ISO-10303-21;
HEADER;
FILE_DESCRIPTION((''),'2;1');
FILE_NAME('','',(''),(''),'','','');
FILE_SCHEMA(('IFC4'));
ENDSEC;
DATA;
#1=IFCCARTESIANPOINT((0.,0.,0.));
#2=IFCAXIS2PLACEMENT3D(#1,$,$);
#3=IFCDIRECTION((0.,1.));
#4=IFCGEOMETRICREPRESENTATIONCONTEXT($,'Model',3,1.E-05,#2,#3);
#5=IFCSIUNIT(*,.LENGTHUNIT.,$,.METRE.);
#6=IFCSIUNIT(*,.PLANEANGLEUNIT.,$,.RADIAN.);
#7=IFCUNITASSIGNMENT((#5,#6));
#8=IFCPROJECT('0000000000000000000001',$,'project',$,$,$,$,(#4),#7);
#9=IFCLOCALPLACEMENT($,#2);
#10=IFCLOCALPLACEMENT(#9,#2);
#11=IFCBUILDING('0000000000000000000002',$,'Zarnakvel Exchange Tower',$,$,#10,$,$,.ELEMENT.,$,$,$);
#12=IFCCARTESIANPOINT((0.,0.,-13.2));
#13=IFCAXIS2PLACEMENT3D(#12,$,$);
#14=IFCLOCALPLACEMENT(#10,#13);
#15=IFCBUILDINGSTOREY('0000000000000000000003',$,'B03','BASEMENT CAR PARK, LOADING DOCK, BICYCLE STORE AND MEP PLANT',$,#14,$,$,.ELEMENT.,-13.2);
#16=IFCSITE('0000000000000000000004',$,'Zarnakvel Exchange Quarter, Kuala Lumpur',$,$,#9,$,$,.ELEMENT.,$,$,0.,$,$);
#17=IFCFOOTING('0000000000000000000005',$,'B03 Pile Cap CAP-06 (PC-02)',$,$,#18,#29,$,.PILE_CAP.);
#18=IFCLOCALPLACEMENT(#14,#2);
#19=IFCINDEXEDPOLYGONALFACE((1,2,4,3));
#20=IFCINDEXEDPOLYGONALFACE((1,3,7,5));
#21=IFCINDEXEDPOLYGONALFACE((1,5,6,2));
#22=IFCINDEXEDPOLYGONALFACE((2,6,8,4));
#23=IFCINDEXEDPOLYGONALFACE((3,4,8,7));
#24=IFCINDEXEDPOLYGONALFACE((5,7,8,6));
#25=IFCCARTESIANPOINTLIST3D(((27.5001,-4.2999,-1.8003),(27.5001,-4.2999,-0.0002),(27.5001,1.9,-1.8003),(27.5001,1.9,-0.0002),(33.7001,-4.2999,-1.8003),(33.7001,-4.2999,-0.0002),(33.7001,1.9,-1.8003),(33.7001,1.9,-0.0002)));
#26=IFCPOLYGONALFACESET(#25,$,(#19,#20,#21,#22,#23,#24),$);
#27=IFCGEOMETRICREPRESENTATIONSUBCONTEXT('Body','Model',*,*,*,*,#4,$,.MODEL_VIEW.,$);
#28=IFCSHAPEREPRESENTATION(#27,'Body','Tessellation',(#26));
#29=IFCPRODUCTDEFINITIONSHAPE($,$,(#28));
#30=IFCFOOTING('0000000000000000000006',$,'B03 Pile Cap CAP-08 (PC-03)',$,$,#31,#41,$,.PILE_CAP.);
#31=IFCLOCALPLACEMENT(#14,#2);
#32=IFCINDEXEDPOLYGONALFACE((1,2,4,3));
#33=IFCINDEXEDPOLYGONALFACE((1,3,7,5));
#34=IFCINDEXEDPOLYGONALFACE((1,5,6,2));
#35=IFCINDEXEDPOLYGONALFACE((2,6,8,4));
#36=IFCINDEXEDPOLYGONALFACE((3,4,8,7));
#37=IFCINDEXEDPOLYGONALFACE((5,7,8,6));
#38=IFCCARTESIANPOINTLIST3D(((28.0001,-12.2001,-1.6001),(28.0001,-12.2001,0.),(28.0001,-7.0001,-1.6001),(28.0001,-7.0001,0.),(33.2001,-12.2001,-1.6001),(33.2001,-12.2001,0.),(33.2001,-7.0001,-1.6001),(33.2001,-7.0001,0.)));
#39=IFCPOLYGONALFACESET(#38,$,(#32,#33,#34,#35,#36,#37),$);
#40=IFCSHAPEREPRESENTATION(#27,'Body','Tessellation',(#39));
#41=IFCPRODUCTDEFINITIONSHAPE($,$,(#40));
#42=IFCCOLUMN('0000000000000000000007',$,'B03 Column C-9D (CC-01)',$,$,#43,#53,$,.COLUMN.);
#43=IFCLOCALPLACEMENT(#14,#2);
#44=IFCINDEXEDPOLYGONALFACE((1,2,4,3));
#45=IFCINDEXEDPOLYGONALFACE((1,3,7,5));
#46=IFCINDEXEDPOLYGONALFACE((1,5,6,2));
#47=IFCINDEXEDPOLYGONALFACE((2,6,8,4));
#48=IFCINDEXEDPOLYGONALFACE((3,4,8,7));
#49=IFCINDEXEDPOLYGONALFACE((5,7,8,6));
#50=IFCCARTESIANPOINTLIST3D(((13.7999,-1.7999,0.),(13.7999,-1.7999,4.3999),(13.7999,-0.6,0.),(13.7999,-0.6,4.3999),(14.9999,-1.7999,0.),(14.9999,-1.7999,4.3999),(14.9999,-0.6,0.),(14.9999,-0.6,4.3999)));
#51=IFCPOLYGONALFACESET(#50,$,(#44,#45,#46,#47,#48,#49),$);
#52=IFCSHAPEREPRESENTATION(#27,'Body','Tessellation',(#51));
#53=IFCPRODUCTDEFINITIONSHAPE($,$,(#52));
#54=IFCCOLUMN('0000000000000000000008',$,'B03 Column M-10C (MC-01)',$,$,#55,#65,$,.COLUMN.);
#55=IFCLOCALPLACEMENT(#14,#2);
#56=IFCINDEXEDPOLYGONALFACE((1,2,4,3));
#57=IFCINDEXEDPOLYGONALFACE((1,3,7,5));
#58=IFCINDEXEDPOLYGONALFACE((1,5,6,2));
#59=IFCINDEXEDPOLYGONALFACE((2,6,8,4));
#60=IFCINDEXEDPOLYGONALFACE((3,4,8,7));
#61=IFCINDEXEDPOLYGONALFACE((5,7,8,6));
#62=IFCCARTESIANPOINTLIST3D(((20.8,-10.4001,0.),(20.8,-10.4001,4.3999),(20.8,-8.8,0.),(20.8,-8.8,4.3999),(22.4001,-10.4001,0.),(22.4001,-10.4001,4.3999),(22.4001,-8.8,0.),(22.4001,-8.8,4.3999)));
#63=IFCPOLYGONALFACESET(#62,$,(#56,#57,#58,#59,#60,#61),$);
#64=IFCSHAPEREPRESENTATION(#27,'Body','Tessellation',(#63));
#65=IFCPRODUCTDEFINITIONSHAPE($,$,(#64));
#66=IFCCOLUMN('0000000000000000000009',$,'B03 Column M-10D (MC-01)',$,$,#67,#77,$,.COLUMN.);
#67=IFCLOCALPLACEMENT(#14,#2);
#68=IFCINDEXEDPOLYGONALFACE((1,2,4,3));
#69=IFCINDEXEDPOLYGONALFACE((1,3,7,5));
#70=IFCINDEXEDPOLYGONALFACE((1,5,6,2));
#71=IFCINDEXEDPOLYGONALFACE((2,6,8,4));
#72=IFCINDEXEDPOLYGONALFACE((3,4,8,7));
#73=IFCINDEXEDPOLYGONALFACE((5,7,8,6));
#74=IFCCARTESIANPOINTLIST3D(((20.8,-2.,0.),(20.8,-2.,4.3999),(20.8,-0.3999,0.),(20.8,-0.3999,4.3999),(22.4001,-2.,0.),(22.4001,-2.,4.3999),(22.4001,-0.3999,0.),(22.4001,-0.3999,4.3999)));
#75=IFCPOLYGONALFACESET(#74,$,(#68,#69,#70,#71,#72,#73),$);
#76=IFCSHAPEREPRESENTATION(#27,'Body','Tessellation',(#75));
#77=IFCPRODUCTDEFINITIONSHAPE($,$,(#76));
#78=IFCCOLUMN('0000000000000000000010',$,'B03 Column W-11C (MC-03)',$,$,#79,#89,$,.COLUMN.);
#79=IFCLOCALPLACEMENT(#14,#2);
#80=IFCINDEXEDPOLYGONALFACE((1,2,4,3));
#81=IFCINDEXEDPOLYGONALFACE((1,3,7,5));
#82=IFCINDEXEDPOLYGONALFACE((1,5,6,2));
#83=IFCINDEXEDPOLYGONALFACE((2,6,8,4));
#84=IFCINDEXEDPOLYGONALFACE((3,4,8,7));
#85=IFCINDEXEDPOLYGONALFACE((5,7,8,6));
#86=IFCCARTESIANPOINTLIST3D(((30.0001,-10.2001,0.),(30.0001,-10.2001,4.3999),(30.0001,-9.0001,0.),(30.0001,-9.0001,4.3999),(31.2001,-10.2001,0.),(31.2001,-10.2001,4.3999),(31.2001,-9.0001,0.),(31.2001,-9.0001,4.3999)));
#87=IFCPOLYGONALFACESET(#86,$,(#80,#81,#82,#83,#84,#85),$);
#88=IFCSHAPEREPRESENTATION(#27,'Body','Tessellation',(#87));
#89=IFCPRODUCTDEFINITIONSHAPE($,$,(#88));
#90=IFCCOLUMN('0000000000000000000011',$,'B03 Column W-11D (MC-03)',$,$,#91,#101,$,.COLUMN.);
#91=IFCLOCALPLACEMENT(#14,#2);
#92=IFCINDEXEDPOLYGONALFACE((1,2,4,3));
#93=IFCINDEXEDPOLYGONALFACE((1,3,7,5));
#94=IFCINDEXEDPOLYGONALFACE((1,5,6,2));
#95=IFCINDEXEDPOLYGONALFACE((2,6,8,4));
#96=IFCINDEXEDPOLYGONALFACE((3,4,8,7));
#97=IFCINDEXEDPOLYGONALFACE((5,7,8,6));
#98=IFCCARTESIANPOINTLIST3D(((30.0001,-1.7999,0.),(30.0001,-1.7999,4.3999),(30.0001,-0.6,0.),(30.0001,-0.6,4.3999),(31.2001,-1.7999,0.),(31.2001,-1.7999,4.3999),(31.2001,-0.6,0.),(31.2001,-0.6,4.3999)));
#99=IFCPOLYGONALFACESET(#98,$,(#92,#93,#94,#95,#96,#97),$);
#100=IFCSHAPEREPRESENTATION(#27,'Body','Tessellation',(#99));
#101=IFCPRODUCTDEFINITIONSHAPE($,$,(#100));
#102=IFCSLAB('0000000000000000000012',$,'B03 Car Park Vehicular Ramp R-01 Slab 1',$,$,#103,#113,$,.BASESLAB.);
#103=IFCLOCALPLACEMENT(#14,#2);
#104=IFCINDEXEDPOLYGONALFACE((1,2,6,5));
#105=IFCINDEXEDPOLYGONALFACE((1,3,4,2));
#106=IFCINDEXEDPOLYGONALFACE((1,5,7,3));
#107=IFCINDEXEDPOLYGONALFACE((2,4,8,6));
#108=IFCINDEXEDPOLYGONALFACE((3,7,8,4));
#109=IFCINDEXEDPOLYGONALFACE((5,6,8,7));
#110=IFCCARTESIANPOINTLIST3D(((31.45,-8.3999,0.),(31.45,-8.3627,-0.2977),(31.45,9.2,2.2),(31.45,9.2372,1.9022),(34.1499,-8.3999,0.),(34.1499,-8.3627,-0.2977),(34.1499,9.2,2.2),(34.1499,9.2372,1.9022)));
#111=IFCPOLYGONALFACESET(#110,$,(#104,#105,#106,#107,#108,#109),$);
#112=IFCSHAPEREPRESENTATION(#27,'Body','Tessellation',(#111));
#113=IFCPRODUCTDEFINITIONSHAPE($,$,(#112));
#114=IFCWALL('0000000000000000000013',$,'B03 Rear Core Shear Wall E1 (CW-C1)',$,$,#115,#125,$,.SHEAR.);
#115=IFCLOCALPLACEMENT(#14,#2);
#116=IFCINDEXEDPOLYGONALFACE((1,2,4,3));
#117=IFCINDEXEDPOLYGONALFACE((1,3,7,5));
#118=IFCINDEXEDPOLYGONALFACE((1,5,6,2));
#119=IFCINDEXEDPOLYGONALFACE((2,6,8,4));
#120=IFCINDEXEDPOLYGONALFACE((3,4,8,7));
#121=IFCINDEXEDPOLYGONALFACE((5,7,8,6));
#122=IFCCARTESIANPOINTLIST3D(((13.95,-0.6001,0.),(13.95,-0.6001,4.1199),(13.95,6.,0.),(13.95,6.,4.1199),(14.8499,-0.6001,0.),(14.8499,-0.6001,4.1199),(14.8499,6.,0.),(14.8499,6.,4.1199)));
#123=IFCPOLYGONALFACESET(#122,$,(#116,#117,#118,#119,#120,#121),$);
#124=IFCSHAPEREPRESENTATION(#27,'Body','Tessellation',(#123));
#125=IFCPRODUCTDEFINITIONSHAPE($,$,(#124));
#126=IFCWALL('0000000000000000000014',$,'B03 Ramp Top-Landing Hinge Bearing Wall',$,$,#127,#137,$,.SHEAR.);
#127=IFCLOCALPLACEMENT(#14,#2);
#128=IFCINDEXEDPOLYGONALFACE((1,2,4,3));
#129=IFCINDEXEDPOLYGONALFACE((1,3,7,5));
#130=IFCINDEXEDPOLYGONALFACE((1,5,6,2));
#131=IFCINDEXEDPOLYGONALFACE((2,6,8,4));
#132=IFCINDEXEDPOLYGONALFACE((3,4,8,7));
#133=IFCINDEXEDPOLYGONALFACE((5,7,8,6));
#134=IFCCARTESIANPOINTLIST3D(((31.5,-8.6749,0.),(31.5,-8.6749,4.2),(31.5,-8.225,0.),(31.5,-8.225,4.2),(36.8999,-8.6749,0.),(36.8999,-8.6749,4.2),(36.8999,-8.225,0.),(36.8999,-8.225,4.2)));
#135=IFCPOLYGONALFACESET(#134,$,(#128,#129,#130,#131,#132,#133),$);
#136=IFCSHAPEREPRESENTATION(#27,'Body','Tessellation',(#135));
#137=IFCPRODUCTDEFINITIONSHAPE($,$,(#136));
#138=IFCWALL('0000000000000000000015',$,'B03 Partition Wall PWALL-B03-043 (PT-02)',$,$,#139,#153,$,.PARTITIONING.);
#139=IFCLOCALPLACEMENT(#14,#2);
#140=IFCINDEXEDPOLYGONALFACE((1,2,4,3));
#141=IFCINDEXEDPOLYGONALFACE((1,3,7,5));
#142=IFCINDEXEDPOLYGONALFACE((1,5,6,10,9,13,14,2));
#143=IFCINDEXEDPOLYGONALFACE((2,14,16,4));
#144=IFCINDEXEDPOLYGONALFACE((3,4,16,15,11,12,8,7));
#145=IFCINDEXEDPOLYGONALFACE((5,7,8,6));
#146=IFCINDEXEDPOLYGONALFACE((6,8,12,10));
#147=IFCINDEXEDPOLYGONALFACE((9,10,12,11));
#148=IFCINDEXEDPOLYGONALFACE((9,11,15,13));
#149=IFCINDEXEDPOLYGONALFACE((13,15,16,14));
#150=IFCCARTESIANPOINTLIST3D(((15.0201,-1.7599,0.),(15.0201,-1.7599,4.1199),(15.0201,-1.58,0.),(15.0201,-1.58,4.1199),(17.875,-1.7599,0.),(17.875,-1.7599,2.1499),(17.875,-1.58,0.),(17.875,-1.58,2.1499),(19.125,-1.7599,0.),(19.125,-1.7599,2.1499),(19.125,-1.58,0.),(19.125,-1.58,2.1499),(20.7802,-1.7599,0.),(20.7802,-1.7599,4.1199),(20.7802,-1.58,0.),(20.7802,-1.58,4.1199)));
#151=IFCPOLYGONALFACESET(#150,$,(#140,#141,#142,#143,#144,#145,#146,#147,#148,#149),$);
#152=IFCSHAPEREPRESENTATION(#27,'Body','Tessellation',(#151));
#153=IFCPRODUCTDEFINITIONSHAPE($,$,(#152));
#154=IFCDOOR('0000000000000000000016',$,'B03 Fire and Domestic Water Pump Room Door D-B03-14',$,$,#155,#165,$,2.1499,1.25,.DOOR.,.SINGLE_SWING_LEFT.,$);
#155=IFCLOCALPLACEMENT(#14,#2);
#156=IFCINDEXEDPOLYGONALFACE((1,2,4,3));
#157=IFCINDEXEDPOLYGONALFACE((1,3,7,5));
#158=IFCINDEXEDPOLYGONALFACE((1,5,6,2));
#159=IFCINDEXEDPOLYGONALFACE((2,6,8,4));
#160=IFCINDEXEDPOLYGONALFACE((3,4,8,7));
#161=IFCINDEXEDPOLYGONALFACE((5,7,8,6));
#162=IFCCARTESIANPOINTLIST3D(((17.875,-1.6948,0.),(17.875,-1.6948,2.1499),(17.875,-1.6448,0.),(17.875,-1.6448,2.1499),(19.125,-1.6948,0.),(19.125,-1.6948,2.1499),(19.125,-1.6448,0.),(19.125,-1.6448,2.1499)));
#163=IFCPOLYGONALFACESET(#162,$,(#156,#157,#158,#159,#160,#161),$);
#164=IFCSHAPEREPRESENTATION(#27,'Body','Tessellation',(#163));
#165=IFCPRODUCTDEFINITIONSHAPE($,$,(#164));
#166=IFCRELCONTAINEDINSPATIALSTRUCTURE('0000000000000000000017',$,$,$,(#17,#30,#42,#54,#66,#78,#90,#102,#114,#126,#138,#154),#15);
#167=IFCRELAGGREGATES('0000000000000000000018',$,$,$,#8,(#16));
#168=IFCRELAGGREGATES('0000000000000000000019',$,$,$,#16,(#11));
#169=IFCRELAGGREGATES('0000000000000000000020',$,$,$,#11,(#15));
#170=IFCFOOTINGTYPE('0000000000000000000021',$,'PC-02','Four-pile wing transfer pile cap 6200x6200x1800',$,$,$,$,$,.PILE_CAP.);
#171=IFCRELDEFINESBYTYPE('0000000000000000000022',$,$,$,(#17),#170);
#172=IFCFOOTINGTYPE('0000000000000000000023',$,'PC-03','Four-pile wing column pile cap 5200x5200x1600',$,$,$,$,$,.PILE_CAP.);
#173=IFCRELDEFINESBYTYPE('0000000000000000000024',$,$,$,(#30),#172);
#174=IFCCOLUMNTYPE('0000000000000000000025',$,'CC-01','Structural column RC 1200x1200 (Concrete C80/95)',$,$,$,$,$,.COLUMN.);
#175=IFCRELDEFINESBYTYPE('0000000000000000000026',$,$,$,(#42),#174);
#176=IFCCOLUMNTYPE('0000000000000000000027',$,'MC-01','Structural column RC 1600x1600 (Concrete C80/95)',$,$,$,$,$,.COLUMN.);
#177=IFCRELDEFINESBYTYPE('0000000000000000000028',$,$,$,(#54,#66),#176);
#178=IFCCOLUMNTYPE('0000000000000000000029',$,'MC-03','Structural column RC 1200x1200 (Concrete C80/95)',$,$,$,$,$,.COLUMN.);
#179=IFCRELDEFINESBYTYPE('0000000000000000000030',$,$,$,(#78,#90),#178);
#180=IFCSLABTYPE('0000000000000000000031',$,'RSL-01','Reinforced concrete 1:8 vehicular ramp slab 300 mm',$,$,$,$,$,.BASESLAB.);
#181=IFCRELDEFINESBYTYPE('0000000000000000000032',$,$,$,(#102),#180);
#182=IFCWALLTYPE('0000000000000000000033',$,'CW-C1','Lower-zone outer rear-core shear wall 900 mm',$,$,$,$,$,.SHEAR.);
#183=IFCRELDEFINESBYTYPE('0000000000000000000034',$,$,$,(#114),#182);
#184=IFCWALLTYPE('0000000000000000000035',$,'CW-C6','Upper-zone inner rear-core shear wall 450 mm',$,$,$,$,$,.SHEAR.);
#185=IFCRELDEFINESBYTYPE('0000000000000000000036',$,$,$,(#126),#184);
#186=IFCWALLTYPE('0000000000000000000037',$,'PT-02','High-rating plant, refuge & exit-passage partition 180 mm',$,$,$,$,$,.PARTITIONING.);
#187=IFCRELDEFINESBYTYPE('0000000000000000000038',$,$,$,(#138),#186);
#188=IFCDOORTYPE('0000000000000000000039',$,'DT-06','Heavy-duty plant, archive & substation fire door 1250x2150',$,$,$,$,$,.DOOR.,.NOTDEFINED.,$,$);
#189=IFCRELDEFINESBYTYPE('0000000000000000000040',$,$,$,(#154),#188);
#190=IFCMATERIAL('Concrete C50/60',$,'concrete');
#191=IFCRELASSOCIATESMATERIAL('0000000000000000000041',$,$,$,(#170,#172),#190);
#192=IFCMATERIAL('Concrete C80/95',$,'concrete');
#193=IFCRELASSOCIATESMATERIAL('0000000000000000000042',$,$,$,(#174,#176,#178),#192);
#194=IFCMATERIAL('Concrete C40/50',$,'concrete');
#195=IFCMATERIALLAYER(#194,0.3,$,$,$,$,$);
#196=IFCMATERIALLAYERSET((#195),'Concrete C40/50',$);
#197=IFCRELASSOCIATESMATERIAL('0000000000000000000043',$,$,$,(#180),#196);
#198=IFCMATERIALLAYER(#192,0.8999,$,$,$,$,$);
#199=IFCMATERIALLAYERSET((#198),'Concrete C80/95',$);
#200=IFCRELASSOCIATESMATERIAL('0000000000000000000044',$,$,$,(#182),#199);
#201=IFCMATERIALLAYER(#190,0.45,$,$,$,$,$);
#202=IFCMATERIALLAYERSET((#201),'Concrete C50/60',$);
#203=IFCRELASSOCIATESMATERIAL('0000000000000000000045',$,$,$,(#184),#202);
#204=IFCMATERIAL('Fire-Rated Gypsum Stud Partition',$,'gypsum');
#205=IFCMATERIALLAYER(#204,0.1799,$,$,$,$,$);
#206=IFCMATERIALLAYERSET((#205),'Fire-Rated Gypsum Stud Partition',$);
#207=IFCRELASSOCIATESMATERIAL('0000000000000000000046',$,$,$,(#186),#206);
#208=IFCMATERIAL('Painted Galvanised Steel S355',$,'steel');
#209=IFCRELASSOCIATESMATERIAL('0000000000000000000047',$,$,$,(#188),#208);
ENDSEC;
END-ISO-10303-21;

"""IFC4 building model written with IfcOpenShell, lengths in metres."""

from ifc_helpers import new_model, si_unit, direction, frame, frame_2d, origin, origin_2d, place, context, subcontext, project, spatial, polyline, rectangle, outline, extrude, source, transform, mapped, material, layer, layer_set, material_profile, profile_set, type_object, element, fill, save


model = new_model("IFC4")

# Units and contexts
model_context = context("Model", 3, precision=1e-05, world=origin(), true_north=direction((0.0, 1.0)))
body_context = subcontext(model_context, "Body", "Model", "MODEL_VIEW")
ifc_project = project(units=[si_unit("LENGTHUNIT", "METRE"), si_unit("PLANEANGLEUNIT", "RADIAN")], contexts=[model_context])

# Site, building, storey
site_placement = place(None, origin())
site = spatial("IfcSite", under=ifc_project, at=site_placement, Name="Zarnakvel Exchange Quarter, Kuala Lumpur", CompositionType="ELEMENT", RefElevation=0.0)
building_placement = place(site_placement, origin())
building = spatial("IfcBuilding", under=site, at=building_placement, Name="Zarnakvel Exchange Tower", CompositionType="ELEMENT")
storey_placement = place(building_placement, frame((0.0, 0.0, -13.2)))
storey = spatial("IfcBuildingStorey", under=building, at=storey_placement, Name="B03", Description="BASEMENT CAR PARK, LOADING DOCK, BICYCLE STORE AND MEP PLANT", CompositionType="ELEMENT", Elevation=-13.2)

# Shared definitions
ifc_material_1 = material(Name="Concrete C50/60", Category="concrete")

# Footings
footing_type_1 = type_object("IfcFootingType", Name="PC-02", Description="Four-pile wing transfer pile cap 6200x6200x1800", PredefinedType="PILE_CAP", material=ifc_material_1)
shared_shape_1 = source(origin(), body_context, "Body", "SweptSolid", [
    extrude(rectangle(XDim=6.2, YDim=6.2, at=origin_2d()), origin(), (0.0, 0.0, 1.0), 1.8),
])
footing_1_placement = place(storey_placement, frame((30.6001, -1.2, -1.8003), z_axis=(0.0, 0.0, 1.0), x_axis=(1.0, 0.0, 0.0)))
element("IfcFooting", 1, at=footing_1_placement, inside=storey, type_object=footing_type_1, Name="B03 Pile Cap CAP-06 (PC-02)", PredefinedType="PILE_CAP", context=body_context, shape_type="MappedRepresentation", body=[
    mapped(shared_shape_1, transform((0.0, 0.0, 0.0), x_axis=(1.0, 0.0, 0.0), y_axis=(0.0, 1.0, 0.0), z_axis=(0.0, 0.0, 1.0), scale=1.0)),
])
footing_type_2 = type_object("IfcFootingType", Name="PC-03", Description="Four-pile wing column pile cap 5200x5200x1600", PredefinedType="PILE_CAP", material=ifc_material_1)
shared_shape_2 = source(origin(), body_context, "Body", "SweptSolid", [
    extrude(rectangle(XDim=5.2, YDim=5.2, at=origin_2d()), origin(), (0.0, 0.0, 1.0), 1.6001),
])
footing_2_placement = place(storey_placement, frame((30.6001, -9.6001, -1.6001), z_axis=(0.0, 0.0, 1.0), x_axis=(1.0, 0.0, 0.0)))
element("IfcFooting", 2, at=footing_2_placement, inside=storey, type_object=footing_type_2, Name="B03 Pile Cap CAP-08 (PC-03)", PredefinedType="PILE_CAP", context=body_context, shape_type="MappedRepresentation", body=[
    mapped(shared_shape_2, transform((0.0, 0.0, 0.0), x_axis=(1.0, 0.0, 0.0), y_axis=(0.0, 1.0, 0.0), z_axis=(0.0, 0.0, 1.0), scale=1.0)),
])

# Columns
ifc_material_2 = material(Name="Concrete C80/95", Category="concrete")
ifc_material_profile_1 = material_profile(ifc_material_2, rectangle(XDim=1.2, YDim=1.2, at=origin_2d()))
ifc_profile_set_1 = profile_set([ifc_material_profile_1], Name="Concrete C80/95")
column_type_1 = type_object("IfcColumnType", Name="CC-01", Description="Structural column RC 1200x1200 (Concrete C80/95)", PredefinedType="COLUMN", material=ifc_profile_set_1)
column_placement = place(storey_placement, frame((14.3999, -1.2, 0.0), z_axis=(0.0, 0.0, 1.0), x_axis=(1.0, 0.0, 0.0)))
element("IfcColumn", 3, at=column_placement, inside=storey, type_object=column_type_1, Name="B03 Column C-9D (CC-01)", PredefinedType="COLUMN", context=body_context, shape_type="SweptSolid", body=[
    extrude(rectangle(XDim=1.2, YDim=1.2, at=origin_2d()), origin(), (0.0, 0.0, 1.0), 4.3999),
])
ifc_material_profile_2 = material_profile(ifc_material_2, rectangle(XDim=1.6001, YDim=1.6001, at=origin_2d()))
ifc_profile_set_2 = profile_set([ifc_material_profile_2], Name="Concrete C80/95")
column_type_2 = type_object("IfcColumnType", Name="MC-01", Description="Structural column RC 1600x1600 (Concrete C80/95)", PredefinedType="COLUMN", material=ifc_profile_set_2)
for number, where, z_axis, x_axis, name in (
    (4, (21.6001, -9.6001, 0.0), (0.0, 0.0, 1.0), (1.0, 0.0, 0.0), "B03 Column M-10C (MC-01)"),
    (5, (21.6001, -1.2, 0.0), (0.0, 0.0, 1.0), (1.0, 0.0, 0.0), "B03 Column M-10D (MC-01)"),
):
    element("IfcColumn", number, at=place(storey_placement, frame(where, z_axis=z_axis, x_axis=x_axis)), inside=storey, type_object=column_type_2, Name=name, PredefinedType="COLUMN", context=body_context, shape_type="SweptSolid", body=[
        extrude(rectangle(XDim=1.6001, YDim=1.6001, at=origin_2d()), origin(), (0.0, 0.0, 1.0), 4.3999),
    ])
ifc_material_profile_3 = material_profile(ifc_material_2, rectangle(XDim=1.2, YDim=1.2, at=origin_2d()))
ifc_profile_set_3 = profile_set([ifc_material_profile_3], Name="Concrete C80/95")
column_type_3 = type_object("IfcColumnType", Name="MC-03", Description="Structural column RC 1200x1200 (Concrete C80/95)", PredefinedType="COLUMN", material=ifc_profile_set_3)
for number, where, z_axis, x_axis, name in (
    (6, (30.6001, -9.6001, 0.0), (0.0, 0.0, 1.0), (1.0, 0.0, 0.0), "B03 Column W-11C (MC-03)"),
    (7, (30.6001, -1.2, 0.0), (0.0, 0.0, 1.0), (1.0, 0.0, 0.0), "B03 Column W-11D (MC-03)"),
):
    element("IfcColumn", number, at=place(storey_placement, frame(where, z_axis=z_axis, x_axis=x_axis)), inside=storey, type_object=column_type_3, Name=name, PredefinedType="COLUMN", context=body_context, shape_type="SweptSolid", body=[
        extrude(rectangle(XDim=1.2, YDim=1.2, at=origin_2d()), origin(), (0.0, 0.0, 1.0), 4.3999),
    ])

# Slab
ifc_material_3 = material(Name="Concrete C40/50", Category="concrete")
ifc_layer_1 = layer(ifc_material_3, 0.3)
ifc_layer_set_1 = layer_set([ifc_layer_1], Name="Concrete C40/50")
slab_type = type_object("IfcSlabType", Name="RSL-01", Description="Reinforced concrete 1:8 vehicular ramp slab 300 mm", PredefinedType="BASESLAB", material=ifc_layer_set_1)
slab_placement = place(storey_placement, frame((31.45, -8.3999, 0.0), z_axis=(0.0, -0.124033, 0.992278), x_axis=(1.0, 0.0, 0.0)))
element("IfcSlab", 8, at=slab_placement, inside=storey, type_object=slab_type, Name="B03 Car Park Vehicular Ramp R-01 Slab 1", PredefinedType="BASESLAB", context=body_context, shape_type="SweptSolid", body=[
    extrude(outline(polyline([(0.0, 0.0), (2.7, 0.0), (2.7, 17.7368), (0.0, 17.7368), (0.0, 0.0)])), origin(), (0.0, 0.0, -1.0), 0.3),
])

# Walls
ifc_layer_2 = layer(ifc_material_2, 0.8999)
ifc_layer_set_2 = layer_set([ifc_layer_2], Name="Concrete C80/95")
wall_type_1 = type_object("IfcWallType", Name="CW-C1", Description="Lower-zone outer rear-core shear wall 900 mm", PredefinedType="SHEAR", material=ifc_layer_set_2)
wall_1_placement = place(storey_placement, frame((14.3999, -0.6001, 0.0), z_axis=(0.0, 0.0, 1.0), x_axis=(0.0, 1.0, 0.0)))
element("IfcWall", 9, at=wall_1_placement, inside=storey, type_object=wall_type_1, Name="B03 Rear Core Shear Wall E1 (CW-C1)", PredefinedType="SHEAR", context=body_context, shape_type="SweptSolid", body=[
    extrude(rectangle(XDim=6.6001, YDim=0.8999, at=frame_2d((3.3, 0.0))), origin(), (0.0, 0.0, 1.0), 4.1199),
])
ifc_layer_3 = layer(ifc_material_1, 0.45)
ifc_layer_set_3 = layer_set([ifc_layer_3], Name="Concrete C50/60")
wall_type_2 = type_object("IfcWallType", Name="CW-C6", Description="Upper-zone inner rear-core shear wall 450 mm", PredefinedType="SHEAR", material=ifc_layer_set_3)
wall_2_placement = place(storey_placement, frame((31.5, -8.45, 0.0), z_axis=(0.0, 0.0, 1.0), x_axis=(1.0, 0.0, 0.0)))
element("IfcWall", 10, at=wall_2_placement, inside=storey, type_object=wall_type_2, Name="B03 Ramp Top-Landing Hinge Bearing Wall", PredefinedType="SHEAR", context=body_context, shape_type="SweptSolid", body=[
    extrude(rectangle(XDim=5.3999, YDim=0.45, at=frame_2d((2.7, 0.0))), origin(), (0.0, 0.0, 1.0), 4.2),
])

# Wall, opening, door
ifc_material_4 = material(Name="Fire-Rated Gypsum Stud Partition", Category="gypsum")
ifc_layer_4 = layer(ifc_material_4, 0.1799)
ifc_layer_set_4 = layer_set([ifc_layer_4], Name="Fire-Rated Gypsum Stud Partition")
wall_type_3 = type_object("IfcWallType", Name="PT-02", Description="High-rating plant, refuge & exit-passage partition 180 mm", PredefinedType="PARTITIONING", material=ifc_layer_set_4)
wall_3_placement = place(storey_placement, frame((20.78, -1.6699, 0.0), z_axis=(0.0, 0.0, 1.0), x_axis=(-1.0, 0.0, 0.0)))
wall_3 = element("IfcWall", 11, at=wall_3_placement, inside=storey, type_object=wall_type_3, Name="B03 Partition Wall PWALL-B03-043 (PT-02)", PredefinedType="PARTITIONING", context=body_context, shape_type="SweptSolid", body=[
    extrude(rectangle(XDim=5.76, YDim=0.1799, at=frame_2d((2.8799, 0.0))), origin(), (0.0, 0.0, 1.0), 4.1199),
])
opening_placement = place(wall_3_placement, frame((1.655, 0.0, 0.0)))
opening = element("IfcOpeningElement", 12, at=opening_placement, cuts=wall_3, PredefinedType="OPENING", context=body_context, shape_type="SweptSolid", body=[
    extrude(rectangle(XDim=1.25, YDim=2.1499, at=frame_2d((0.625, 1.075))), frame((0.0, 0.0999, 0.0), z_axis=(0.0, -1.0, 0.0), x_axis=(1.0, 0.0, 0.0)), (0.0, 0.0, 1.0), 0.2),
])
ifc_material_5 = material(Name="Painted Galvanised Steel S355", Category="steel")
door_type = type_object("IfcDoorType", Name="DT-06", Description="Heavy-duty plant, archive & substation fire door 1250x2150", OperationType="NOTDEFINED", PredefinedType="DOOR", material=ifc_material_5)
shared_shape_3 = source(origin(), body_context, "Body", "SweptSolid", [
    extrude(rectangle(XDim=1.25, YDim=2.1499, at=frame_2d((0.625, 1.075))), frame((0.0, 0.0249, 0.0), z_axis=(0.0, -1.0, 0.0), x_axis=(1.0, 0.0, 0.0)), (0.0, 0.0, 1.0), 0.05),
])
door_placement = place(opening_placement, origin())
door = element("IfcDoor", 13, at=door_placement, inside=storey, type_object=door_type, Name="B03 Fire and Domestic Water Pump Room Door D-B03-14", OperationType="SINGLE_SWING_LEFT", OverallHeight=2.1499, OverallWidth=1.25, PredefinedType="DOOR", context=body_context, shape_type="MappedRepresentation", body=[
    mapped(shared_shape_3, transform((0.0, 0.0, 0.0), x_axis=(1.0, 0.0, 0.0), y_axis=(0.0, 1.0, 0.0), z_axis=(0.0, 0.0, 1.0), scale=1.0)),
])
fill(opening, door)

save(model, "model.ifc")
